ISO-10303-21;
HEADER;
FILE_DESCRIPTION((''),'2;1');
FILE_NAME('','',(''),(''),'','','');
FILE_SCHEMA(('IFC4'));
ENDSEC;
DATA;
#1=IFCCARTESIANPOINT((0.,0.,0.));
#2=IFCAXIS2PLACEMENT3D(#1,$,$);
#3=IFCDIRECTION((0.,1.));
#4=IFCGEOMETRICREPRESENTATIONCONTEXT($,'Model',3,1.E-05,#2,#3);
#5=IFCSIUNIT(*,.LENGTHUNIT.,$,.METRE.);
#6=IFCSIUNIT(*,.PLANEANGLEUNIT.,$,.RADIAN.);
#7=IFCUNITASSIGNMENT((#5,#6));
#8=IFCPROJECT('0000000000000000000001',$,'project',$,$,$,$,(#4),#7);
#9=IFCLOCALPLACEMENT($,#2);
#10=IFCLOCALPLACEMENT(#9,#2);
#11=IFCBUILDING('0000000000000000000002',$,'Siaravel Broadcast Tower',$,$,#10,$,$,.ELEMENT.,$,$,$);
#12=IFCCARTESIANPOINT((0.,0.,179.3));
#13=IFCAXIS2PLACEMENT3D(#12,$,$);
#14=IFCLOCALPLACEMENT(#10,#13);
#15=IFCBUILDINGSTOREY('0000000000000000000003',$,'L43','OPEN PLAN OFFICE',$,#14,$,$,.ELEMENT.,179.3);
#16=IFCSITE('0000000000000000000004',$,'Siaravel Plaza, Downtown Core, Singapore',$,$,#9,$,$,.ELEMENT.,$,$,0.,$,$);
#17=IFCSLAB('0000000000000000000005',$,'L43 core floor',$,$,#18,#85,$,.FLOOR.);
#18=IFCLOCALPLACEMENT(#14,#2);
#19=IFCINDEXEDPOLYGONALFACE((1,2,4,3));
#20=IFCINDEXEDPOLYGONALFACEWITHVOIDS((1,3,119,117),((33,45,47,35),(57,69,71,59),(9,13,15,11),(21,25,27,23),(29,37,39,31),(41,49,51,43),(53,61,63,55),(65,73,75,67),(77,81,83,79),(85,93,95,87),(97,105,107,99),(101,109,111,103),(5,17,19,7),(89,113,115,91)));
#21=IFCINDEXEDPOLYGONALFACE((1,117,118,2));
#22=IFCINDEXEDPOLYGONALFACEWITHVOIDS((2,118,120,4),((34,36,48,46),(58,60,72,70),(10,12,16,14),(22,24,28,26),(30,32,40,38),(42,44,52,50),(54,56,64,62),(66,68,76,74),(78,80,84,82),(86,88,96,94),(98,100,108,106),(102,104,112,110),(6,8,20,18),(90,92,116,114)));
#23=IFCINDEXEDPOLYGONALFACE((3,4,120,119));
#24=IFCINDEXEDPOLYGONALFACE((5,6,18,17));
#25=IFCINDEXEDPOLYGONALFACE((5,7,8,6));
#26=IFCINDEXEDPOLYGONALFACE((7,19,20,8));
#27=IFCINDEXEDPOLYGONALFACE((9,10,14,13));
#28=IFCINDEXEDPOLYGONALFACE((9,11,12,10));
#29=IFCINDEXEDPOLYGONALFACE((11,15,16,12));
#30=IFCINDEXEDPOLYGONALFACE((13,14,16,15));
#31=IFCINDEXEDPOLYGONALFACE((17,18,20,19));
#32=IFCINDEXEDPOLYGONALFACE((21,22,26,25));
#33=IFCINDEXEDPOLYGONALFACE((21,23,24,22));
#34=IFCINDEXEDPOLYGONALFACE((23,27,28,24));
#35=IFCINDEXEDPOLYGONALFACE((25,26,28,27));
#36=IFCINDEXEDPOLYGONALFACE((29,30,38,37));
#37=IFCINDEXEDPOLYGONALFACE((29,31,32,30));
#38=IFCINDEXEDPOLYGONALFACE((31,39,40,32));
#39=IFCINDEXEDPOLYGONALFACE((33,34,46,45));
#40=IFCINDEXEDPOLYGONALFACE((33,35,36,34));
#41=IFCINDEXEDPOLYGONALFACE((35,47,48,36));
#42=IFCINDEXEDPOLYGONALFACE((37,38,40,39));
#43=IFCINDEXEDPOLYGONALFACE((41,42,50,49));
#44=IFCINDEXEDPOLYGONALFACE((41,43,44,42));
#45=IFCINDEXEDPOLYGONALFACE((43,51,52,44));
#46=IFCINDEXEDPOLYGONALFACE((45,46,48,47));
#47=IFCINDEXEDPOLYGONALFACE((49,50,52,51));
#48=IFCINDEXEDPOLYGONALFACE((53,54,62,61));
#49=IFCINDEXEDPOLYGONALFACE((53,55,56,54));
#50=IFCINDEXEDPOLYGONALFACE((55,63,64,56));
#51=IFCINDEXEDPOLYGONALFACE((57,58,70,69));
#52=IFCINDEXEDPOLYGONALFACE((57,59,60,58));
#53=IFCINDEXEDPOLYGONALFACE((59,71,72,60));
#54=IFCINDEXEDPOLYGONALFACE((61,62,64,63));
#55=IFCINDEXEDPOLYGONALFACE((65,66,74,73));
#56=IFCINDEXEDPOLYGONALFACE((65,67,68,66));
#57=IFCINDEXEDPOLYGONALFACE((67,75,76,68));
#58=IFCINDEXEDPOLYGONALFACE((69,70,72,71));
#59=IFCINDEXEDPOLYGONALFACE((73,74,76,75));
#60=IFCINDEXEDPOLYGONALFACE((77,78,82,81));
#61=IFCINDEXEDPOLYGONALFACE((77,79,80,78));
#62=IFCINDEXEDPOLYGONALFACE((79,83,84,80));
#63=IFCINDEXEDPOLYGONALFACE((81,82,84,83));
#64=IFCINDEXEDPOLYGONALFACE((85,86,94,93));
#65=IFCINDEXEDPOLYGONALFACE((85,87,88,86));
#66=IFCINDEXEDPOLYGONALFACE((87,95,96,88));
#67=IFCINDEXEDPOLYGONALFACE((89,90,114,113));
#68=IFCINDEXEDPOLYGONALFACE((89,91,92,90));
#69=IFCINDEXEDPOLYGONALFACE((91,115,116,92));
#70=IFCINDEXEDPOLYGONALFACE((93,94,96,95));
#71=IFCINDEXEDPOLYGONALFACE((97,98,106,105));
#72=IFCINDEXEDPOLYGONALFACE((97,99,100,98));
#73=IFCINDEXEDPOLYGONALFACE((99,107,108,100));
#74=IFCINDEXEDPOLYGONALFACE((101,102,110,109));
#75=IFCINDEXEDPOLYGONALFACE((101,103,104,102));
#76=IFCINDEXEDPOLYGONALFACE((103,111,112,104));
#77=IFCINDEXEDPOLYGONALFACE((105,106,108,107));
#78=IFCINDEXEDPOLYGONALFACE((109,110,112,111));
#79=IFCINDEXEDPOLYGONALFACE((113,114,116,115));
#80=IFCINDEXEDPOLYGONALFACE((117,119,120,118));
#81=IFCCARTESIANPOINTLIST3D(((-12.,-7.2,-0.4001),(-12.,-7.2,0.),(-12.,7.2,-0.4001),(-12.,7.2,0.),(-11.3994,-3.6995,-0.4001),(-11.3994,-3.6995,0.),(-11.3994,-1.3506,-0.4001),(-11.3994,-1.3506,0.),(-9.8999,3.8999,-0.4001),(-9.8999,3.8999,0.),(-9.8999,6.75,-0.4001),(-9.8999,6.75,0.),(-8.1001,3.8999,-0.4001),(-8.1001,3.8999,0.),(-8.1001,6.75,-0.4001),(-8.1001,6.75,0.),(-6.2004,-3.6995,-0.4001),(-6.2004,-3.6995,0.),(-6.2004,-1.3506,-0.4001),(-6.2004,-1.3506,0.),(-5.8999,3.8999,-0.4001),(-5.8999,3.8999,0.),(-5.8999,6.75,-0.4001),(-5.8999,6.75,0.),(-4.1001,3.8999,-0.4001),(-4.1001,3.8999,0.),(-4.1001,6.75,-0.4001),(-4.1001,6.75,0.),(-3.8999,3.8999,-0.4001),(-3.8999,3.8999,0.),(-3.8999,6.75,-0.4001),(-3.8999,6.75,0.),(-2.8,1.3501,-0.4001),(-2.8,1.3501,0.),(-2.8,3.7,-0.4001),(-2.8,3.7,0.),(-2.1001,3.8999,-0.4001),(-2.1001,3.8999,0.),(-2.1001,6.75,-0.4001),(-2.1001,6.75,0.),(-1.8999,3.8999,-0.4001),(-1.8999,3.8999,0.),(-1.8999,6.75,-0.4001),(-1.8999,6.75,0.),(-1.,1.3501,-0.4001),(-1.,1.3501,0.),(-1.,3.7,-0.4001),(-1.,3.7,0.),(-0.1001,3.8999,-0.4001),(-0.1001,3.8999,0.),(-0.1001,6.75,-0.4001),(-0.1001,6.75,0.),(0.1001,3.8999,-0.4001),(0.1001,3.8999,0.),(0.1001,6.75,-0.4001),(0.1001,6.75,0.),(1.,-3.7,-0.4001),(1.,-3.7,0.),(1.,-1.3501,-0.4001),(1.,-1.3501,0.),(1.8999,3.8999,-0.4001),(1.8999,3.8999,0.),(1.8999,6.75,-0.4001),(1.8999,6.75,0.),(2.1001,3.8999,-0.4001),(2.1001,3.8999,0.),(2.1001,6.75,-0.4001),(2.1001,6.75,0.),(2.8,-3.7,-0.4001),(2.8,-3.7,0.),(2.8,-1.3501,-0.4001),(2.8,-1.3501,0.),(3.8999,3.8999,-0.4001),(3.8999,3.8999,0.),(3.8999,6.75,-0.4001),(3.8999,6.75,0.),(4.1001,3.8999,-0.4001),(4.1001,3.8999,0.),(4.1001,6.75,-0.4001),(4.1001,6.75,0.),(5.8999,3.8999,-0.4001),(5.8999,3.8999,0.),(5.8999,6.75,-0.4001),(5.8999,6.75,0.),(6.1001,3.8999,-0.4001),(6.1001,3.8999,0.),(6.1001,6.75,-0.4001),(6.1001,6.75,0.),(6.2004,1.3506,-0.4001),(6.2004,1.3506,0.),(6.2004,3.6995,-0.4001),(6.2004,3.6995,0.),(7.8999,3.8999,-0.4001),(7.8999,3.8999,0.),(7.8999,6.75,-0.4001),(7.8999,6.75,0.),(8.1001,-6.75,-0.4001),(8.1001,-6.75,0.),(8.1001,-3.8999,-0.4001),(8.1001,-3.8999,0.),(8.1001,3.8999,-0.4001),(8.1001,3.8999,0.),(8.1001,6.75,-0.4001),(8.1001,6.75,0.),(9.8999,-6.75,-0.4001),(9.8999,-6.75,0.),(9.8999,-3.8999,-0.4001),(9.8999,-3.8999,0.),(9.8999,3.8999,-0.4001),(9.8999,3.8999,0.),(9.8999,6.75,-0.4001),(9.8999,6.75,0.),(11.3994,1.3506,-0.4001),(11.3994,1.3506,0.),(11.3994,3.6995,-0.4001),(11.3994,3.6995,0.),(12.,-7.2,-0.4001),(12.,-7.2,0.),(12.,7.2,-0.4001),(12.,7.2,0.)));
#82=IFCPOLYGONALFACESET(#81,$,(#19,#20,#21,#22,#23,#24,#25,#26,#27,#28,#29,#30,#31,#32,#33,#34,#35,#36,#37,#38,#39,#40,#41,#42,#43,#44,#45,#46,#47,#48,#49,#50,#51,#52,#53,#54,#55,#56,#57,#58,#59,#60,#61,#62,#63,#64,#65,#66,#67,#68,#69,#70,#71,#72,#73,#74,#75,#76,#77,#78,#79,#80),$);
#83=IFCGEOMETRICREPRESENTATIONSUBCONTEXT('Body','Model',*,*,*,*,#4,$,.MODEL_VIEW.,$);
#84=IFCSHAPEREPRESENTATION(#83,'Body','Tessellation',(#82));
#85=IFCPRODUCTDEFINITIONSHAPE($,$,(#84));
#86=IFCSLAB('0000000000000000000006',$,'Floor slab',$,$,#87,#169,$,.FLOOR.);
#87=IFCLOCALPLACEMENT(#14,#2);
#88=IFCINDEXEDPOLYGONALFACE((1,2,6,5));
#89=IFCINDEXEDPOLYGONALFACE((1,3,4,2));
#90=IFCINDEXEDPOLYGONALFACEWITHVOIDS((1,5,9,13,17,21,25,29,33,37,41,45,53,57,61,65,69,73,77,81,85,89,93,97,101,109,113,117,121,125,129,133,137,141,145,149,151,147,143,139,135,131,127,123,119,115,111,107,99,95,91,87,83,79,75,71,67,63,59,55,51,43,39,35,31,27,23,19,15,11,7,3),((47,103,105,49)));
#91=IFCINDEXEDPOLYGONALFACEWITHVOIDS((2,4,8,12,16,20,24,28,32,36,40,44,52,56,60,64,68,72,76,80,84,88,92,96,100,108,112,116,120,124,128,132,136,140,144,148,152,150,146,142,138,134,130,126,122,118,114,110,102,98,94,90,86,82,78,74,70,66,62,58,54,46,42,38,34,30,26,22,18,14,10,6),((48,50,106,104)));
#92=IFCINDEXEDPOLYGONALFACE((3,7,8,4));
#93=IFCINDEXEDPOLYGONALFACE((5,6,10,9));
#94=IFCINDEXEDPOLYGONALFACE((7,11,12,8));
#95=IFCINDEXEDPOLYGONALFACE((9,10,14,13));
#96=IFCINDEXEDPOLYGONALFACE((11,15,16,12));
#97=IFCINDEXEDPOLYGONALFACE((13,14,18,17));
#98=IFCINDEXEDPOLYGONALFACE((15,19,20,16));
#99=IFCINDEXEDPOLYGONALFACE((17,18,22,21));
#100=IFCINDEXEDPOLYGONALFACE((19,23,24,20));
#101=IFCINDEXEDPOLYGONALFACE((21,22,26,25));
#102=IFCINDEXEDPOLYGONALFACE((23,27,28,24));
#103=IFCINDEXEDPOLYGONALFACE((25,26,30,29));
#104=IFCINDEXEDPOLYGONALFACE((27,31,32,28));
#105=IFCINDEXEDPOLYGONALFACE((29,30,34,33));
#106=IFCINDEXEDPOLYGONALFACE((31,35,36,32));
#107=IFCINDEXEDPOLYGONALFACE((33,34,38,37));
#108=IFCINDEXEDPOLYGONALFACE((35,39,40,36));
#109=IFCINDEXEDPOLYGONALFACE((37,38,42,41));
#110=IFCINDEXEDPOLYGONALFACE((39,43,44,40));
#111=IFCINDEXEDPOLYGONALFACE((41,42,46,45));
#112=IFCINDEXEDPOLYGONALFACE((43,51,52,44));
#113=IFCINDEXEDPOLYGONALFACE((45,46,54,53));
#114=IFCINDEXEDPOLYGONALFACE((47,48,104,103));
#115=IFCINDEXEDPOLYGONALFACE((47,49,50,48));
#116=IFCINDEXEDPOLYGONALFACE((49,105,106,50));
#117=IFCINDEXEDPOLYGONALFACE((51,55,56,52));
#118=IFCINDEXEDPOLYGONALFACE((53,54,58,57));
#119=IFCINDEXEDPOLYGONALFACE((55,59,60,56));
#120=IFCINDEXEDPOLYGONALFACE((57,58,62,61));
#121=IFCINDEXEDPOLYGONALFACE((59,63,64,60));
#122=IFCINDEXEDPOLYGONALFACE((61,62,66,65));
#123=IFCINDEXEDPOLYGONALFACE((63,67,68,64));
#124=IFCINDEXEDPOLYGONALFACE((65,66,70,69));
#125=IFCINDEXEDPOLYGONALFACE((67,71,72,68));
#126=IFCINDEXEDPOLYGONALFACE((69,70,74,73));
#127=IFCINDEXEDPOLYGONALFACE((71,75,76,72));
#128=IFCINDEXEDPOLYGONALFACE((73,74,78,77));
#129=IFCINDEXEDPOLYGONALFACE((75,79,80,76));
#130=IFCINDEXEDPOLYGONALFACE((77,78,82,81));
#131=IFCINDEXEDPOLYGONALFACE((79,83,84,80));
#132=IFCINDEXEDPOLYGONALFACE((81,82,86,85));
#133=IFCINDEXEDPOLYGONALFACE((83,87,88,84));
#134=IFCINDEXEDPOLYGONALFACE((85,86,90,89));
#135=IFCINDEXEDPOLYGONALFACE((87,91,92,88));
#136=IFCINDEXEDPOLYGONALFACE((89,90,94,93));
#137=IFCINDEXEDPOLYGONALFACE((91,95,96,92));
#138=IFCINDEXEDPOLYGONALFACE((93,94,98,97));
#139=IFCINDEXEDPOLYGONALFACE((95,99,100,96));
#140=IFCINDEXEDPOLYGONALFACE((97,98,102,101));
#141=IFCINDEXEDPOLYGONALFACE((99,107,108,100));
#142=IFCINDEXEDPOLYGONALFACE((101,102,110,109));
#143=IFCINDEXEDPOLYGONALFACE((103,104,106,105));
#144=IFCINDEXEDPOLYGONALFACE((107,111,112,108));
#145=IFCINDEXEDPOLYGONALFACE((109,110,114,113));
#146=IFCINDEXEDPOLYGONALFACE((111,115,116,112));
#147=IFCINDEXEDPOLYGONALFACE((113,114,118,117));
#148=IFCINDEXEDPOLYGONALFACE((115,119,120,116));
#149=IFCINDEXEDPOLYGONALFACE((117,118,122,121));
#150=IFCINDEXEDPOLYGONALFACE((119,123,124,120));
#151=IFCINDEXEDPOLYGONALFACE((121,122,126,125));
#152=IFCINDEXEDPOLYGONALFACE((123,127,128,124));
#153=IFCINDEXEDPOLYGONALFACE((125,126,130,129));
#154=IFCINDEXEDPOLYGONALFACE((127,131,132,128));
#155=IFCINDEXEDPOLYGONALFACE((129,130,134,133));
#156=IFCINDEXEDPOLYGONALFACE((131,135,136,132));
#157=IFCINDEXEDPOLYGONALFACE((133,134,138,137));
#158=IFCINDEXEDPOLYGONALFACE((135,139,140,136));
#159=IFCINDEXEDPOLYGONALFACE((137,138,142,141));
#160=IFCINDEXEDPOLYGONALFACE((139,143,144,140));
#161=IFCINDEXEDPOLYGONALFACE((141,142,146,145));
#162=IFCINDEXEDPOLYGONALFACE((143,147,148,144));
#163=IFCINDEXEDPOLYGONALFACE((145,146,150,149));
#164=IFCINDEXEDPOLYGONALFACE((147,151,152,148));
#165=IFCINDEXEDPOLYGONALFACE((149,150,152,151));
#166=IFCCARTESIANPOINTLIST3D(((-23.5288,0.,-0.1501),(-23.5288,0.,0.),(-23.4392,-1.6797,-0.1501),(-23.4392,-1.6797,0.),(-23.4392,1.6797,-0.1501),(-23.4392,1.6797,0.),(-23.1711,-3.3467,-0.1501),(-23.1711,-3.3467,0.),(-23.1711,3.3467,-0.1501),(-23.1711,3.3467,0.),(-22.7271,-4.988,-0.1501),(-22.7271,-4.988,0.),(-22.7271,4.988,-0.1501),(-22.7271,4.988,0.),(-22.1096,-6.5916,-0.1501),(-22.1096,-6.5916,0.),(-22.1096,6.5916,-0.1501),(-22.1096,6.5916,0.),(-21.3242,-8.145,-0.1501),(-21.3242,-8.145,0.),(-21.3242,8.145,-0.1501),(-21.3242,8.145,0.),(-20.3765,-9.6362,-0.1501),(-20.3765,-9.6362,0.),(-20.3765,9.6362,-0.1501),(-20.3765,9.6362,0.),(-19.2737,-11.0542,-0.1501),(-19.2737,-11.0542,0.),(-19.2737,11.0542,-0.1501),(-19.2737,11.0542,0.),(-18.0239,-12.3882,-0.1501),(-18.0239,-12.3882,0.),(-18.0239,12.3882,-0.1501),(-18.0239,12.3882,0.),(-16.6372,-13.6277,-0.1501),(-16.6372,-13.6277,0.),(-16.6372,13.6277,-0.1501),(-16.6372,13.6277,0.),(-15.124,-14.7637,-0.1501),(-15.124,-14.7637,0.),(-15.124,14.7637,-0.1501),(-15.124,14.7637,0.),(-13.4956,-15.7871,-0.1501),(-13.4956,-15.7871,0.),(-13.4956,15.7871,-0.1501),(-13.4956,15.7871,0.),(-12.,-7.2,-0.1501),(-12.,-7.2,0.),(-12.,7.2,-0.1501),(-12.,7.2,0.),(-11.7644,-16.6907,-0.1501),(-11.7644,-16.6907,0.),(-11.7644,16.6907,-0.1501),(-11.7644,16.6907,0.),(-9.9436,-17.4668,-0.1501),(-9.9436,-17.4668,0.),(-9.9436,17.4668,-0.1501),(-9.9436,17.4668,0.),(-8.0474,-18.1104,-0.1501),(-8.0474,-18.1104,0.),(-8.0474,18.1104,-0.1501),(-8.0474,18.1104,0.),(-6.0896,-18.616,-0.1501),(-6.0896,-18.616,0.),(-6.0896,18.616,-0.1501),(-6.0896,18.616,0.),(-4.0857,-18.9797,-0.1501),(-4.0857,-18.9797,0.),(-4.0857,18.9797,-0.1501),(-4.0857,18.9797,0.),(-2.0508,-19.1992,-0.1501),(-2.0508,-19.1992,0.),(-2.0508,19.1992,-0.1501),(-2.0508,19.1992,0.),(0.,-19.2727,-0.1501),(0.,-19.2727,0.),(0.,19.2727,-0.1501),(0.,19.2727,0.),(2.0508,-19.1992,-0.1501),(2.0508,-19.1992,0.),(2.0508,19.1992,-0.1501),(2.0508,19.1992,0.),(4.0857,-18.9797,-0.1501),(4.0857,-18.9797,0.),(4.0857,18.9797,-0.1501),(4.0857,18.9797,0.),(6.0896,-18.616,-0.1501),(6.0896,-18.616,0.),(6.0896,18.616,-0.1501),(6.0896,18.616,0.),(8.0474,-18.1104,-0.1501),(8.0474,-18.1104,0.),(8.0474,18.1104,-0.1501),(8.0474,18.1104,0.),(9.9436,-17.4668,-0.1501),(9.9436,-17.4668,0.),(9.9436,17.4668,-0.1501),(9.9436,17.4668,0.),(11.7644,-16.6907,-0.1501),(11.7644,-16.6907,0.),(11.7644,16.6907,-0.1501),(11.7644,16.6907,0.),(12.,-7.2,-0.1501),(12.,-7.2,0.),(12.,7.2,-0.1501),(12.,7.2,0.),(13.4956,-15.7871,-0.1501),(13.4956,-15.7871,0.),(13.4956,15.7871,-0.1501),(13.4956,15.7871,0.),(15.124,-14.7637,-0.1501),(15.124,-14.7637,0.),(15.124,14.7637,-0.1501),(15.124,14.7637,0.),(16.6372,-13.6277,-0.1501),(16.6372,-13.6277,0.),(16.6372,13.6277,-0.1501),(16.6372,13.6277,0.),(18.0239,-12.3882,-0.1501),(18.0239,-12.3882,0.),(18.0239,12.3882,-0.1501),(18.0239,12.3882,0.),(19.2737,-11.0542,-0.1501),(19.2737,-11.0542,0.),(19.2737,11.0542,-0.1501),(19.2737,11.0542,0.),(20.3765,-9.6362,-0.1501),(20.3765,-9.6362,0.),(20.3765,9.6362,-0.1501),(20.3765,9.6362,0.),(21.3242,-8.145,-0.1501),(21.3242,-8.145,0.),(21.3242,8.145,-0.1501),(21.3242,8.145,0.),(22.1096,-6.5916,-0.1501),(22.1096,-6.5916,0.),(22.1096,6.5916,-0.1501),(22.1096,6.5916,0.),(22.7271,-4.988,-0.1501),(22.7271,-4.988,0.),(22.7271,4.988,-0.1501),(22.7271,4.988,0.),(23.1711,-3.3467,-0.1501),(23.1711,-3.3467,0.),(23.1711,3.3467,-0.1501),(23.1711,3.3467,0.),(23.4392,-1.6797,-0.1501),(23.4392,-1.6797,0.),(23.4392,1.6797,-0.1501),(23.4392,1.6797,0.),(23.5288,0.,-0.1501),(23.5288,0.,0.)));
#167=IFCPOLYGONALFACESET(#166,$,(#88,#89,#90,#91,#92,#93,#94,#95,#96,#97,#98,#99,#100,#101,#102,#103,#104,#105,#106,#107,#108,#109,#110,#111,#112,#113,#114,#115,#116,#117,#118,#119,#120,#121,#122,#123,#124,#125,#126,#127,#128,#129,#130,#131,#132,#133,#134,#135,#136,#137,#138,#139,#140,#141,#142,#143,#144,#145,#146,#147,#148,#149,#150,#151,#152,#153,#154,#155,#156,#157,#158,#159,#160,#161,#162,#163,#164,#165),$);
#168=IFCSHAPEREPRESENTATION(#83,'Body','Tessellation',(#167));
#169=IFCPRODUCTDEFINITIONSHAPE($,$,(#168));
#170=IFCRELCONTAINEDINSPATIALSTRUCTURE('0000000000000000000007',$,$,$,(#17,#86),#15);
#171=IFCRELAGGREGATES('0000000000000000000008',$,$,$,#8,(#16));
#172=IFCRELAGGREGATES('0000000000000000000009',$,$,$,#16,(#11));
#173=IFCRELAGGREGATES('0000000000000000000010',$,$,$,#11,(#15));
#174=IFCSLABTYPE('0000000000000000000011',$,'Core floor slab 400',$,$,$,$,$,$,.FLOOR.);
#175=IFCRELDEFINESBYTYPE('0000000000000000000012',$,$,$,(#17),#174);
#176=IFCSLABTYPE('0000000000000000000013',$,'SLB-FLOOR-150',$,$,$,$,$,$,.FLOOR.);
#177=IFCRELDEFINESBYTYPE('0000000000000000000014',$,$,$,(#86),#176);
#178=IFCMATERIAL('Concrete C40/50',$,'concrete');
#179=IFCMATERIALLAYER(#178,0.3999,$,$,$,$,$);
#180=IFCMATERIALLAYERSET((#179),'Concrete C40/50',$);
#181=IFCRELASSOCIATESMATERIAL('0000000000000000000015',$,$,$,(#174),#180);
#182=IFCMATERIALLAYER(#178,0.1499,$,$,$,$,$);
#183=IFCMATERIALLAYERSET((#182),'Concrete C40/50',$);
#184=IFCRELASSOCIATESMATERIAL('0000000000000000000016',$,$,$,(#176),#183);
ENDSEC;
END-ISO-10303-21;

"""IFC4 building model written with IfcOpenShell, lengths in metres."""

from ifc_helpers import new_model, si_unit, direction, frame, origin, place, context, subcontext, project, spatial, polyline, outline, extrude, material, layer, layer_set, type_object, element, save


model = new_model("IFC4")

# Units and contexts
model_context = context("Model", 3, precision=1e-05, world=origin(), true_north=direction((0.0, 1.0)))
body_context = subcontext(model_context, "Body", "Model", "MODEL_VIEW")
ifc_project = project(units=[si_unit("LENGTHUNIT", "METRE"), si_unit("PLANEANGLEUNIT", "RADIAN")], contexts=[model_context])

# Site, building, storey
site_placement = place(None, origin())
site = spatial("IfcSite", under=ifc_project, at=site_placement, Name="Siaravel Plaza, Downtown Core, Singapore", CompositionType="ELEMENT", RefElevation=0.0)
building_placement = place(site_placement, origin())
building = spatial("IfcBuilding", under=site, at=building_placement, Name="Siaravel Broadcast Tower", CompositionType="ELEMENT")
storey_placement = place(building_placement, frame((0.0, 0.0, 179.3)))
storey = spatial("IfcBuildingStorey", under=building, at=storey_placement, Name="L43", Description="OPEN PLAN OFFICE", CompositionType="ELEMENT", Elevation=179.3)

# Slabs
ifc_material_1 = material(Name="Concrete C40/50", Category="concrete")
ifc_layer_1 = layer(ifc_material_1, 0.3999)
ifc_layer_set_1 = layer_set([ifc_layer_1], Name="Concrete C40/50")
slab_type_1 = type_object("IfcSlabType", Name="Core floor slab 400", PredefinedType="FLOOR", material=ifc_layer_set_1)
slab_1_placement = place(storey_placement, frame((0.0, 0.0, -0.4001)))
element("IfcSlab", 1, at=slab_1_placement, inside=storey, type_object=slab_type_1, Name="L43 core floor", PredefinedType="FLOOR", context=body_context, shape_type="SweptSolid", body=[
    extrude(outline(polyline([(-12.0, -7.2), (-12.0, 7.2), (12.0, 7.2), (12.0, -7.2), (-12.0, -7.2)]), holes=[polyline([(11.3994, 1.3506), (11.3994, 3.6995), (6.2004, 3.6995), (6.2004, 1.3506), (11.3994, 1.3506)]), polyline([(8.1001, -3.8999), (8.1001, -6.75), (9.8999, -6.75), (9.8999, -3.8999), (8.1001, -3.8999)]), polyline([(9.8999, 6.75), (8.1001, 6.75), (8.1001, 3.8999), (9.8999, 3.8999), (9.8999, 6.75)]), polyline([(7.8999, 6.75), (6.1001, 6.75), (6.1001, 3.8999), (7.8999, 3.8999), (7.8999, 6.75)]), polyline([(5.8999, 6.75), (4.1001, 6.75), (4.1001, 3.8999), (5.8999, 3.8999), (5.8999, 6.75)]), polyline([(3.8999, 6.75), (2.1001, 6.75), (2.1001, 3.8999), (3.8999, 3.8999), (3.8999, 6.75)]), polyline([(2.8, -1.3501), (1.0, -1.3501), (1.0, -3.7), (2.8, -3.7), (2.8, -1.3501)]), polyline([(1.8999, 6.75), (0.1001, 6.75), (0.1001, 3.8999), (1.8999, 3.8999), (1.8999, 6.75)]), polyline([(-0.1001, 6.75), (-1.8999, 6.75), (-1.8999, 3.8999), (-0.1001, 3.8999), (-0.1001, 6.75)]), polyline([(-1.0, 3.7), (-2.8, 3.7), (-2.8, 1.3501), (-1.0, 1.3501), (-1.0, 3.7)]), polyline([(-2.1001, 6.75), (-3.8999, 6.75), (-3.8999, 3.8999), (-2.1001, 3.8999), (-2.1001, 6.75)]), polyline([(-4.1001, 6.75), (-5.8999, 6.75), (-5.8999, 3.8999), (-4.1001, 3.8999), (-4.1001, 6.75)]), polyline([(-11.3994, -3.6995), (-6.2004, -3.6995), (-6.2004, -1.3506), (-11.3994, -1.3506), (-11.3994, -3.6995)]), polyline([(-8.1001, 6.75), (-9.8999, 6.75), (-9.8999, 3.8999), (-8.1001, 3.8999), (-8.1001, 6.75)])]), origin(), (0.0, 0.0, 1.0), 0.4001),
])
ifc_layer_2 = layer(ifc_material_1, 0.1499)
ifc_layer_set_2 = layer_set([ifc_layer_2], Name="Concrete C40/50")
slab_type_2 = type_object("IfcSlabType", Name="SLB-FLOOR-150", PredefinedType="FLOOR", material=ifc_layer_set_2)
slab_2_placement = place(storey_placement, frame((0.0, 0.0, -0.1501)))
element("IfcSlab", 2, at=slab_2_placement, inside=storey, type_object=slab_type_2, Name="Floor slab", PredefinedType="FLOOR", context=body_context, shape_type="SweptSolid", body=[
    extrude(outline(polyline([(23.5288, 0.0), (23.4392, 1.6797), (23.1711, 3.3467), (22.7271, 4.988), (22.1096, 6.5916), (21.3242, 8.145), (20.3765, 9.6362), (19.2737, 11.0542), (18.0239, 12.3882), (16.6372, 13.6277), (15.124, 14.7637), (13.4956, 15.7871), (11.7644, 16.6907), (9.9436, 17.4668), (8.0474, 18.1104), (6.0896, 18.616), (4.0857, 18.9797), (2.0508, 19.1992), (0.0, 19.2727), (-2.0508, 19.1992), (-4.0857, 18.9797), (-6.0896, 18.616), (-8.0474, 18.1104), (-9.9436, 17.4668), (-11.7644, 16.6907), (-13.4956, 15.7871), (-15.124, 14.7637), (-16.6372, 13.6277), (-18.0239, 12.3882), (-19.2737, 11.0542), (-20.3765, 9.6362), (-21.3242, 8.145), (-22.1096, 6.5916), (-22.7271, 4.988), (-23.1711, 3.3467), (-23.4392, 1.6797), (-23.5288, 0.0), (-23.4392, -1.6797), (-23.1711, -3.3467), (-22.7271, -4.988), (-22.1096, -6.5916), (-21.3242, -8.145), (-20.3765, -9.6362), (-19.2737, -11.0542), (-18.0239, -12.3882), (-16.6372, -13.6277), (-15.124, -14.7637), (-13.4956, -15.7871), (-11.7644, -16.6907), (-9.9436, -17.4668), (-8.0474, -18.1104), (-6.0896, -18.616), (-4.0857, -18.9797), (-2.0508, -19.1992), (0.0, -19.2727), (2.0508, -19.1992), (4.0857, -18.9797), (6.0896, -18.616), (8.0474, -18.1104), (9.9436, -17.4668), (11.7644, -16.6907), (13.4956, -15.7871), (15.124, -14.7637), (16.6372, -13.6277), (18.0239, -12.3882), (19.2737, -11.0542), (20.3765, -9.6362), (21.3242, -8.145), (22.1096, -6.5916), (22.7271, -4.988), (23.1711, -3.3467), (23.4392, -1.6797), (23.5288, 0.0)]), holes=[polyline([(-12.0, 7.2), (12.0, 7.2), (12.0, -7.2), (-12.0, -7.2), (-12.0, 7.2)])]), origin(), (0.0, 0.0, 1.0), 0.1501),
])

save(model, "model.ifc")
